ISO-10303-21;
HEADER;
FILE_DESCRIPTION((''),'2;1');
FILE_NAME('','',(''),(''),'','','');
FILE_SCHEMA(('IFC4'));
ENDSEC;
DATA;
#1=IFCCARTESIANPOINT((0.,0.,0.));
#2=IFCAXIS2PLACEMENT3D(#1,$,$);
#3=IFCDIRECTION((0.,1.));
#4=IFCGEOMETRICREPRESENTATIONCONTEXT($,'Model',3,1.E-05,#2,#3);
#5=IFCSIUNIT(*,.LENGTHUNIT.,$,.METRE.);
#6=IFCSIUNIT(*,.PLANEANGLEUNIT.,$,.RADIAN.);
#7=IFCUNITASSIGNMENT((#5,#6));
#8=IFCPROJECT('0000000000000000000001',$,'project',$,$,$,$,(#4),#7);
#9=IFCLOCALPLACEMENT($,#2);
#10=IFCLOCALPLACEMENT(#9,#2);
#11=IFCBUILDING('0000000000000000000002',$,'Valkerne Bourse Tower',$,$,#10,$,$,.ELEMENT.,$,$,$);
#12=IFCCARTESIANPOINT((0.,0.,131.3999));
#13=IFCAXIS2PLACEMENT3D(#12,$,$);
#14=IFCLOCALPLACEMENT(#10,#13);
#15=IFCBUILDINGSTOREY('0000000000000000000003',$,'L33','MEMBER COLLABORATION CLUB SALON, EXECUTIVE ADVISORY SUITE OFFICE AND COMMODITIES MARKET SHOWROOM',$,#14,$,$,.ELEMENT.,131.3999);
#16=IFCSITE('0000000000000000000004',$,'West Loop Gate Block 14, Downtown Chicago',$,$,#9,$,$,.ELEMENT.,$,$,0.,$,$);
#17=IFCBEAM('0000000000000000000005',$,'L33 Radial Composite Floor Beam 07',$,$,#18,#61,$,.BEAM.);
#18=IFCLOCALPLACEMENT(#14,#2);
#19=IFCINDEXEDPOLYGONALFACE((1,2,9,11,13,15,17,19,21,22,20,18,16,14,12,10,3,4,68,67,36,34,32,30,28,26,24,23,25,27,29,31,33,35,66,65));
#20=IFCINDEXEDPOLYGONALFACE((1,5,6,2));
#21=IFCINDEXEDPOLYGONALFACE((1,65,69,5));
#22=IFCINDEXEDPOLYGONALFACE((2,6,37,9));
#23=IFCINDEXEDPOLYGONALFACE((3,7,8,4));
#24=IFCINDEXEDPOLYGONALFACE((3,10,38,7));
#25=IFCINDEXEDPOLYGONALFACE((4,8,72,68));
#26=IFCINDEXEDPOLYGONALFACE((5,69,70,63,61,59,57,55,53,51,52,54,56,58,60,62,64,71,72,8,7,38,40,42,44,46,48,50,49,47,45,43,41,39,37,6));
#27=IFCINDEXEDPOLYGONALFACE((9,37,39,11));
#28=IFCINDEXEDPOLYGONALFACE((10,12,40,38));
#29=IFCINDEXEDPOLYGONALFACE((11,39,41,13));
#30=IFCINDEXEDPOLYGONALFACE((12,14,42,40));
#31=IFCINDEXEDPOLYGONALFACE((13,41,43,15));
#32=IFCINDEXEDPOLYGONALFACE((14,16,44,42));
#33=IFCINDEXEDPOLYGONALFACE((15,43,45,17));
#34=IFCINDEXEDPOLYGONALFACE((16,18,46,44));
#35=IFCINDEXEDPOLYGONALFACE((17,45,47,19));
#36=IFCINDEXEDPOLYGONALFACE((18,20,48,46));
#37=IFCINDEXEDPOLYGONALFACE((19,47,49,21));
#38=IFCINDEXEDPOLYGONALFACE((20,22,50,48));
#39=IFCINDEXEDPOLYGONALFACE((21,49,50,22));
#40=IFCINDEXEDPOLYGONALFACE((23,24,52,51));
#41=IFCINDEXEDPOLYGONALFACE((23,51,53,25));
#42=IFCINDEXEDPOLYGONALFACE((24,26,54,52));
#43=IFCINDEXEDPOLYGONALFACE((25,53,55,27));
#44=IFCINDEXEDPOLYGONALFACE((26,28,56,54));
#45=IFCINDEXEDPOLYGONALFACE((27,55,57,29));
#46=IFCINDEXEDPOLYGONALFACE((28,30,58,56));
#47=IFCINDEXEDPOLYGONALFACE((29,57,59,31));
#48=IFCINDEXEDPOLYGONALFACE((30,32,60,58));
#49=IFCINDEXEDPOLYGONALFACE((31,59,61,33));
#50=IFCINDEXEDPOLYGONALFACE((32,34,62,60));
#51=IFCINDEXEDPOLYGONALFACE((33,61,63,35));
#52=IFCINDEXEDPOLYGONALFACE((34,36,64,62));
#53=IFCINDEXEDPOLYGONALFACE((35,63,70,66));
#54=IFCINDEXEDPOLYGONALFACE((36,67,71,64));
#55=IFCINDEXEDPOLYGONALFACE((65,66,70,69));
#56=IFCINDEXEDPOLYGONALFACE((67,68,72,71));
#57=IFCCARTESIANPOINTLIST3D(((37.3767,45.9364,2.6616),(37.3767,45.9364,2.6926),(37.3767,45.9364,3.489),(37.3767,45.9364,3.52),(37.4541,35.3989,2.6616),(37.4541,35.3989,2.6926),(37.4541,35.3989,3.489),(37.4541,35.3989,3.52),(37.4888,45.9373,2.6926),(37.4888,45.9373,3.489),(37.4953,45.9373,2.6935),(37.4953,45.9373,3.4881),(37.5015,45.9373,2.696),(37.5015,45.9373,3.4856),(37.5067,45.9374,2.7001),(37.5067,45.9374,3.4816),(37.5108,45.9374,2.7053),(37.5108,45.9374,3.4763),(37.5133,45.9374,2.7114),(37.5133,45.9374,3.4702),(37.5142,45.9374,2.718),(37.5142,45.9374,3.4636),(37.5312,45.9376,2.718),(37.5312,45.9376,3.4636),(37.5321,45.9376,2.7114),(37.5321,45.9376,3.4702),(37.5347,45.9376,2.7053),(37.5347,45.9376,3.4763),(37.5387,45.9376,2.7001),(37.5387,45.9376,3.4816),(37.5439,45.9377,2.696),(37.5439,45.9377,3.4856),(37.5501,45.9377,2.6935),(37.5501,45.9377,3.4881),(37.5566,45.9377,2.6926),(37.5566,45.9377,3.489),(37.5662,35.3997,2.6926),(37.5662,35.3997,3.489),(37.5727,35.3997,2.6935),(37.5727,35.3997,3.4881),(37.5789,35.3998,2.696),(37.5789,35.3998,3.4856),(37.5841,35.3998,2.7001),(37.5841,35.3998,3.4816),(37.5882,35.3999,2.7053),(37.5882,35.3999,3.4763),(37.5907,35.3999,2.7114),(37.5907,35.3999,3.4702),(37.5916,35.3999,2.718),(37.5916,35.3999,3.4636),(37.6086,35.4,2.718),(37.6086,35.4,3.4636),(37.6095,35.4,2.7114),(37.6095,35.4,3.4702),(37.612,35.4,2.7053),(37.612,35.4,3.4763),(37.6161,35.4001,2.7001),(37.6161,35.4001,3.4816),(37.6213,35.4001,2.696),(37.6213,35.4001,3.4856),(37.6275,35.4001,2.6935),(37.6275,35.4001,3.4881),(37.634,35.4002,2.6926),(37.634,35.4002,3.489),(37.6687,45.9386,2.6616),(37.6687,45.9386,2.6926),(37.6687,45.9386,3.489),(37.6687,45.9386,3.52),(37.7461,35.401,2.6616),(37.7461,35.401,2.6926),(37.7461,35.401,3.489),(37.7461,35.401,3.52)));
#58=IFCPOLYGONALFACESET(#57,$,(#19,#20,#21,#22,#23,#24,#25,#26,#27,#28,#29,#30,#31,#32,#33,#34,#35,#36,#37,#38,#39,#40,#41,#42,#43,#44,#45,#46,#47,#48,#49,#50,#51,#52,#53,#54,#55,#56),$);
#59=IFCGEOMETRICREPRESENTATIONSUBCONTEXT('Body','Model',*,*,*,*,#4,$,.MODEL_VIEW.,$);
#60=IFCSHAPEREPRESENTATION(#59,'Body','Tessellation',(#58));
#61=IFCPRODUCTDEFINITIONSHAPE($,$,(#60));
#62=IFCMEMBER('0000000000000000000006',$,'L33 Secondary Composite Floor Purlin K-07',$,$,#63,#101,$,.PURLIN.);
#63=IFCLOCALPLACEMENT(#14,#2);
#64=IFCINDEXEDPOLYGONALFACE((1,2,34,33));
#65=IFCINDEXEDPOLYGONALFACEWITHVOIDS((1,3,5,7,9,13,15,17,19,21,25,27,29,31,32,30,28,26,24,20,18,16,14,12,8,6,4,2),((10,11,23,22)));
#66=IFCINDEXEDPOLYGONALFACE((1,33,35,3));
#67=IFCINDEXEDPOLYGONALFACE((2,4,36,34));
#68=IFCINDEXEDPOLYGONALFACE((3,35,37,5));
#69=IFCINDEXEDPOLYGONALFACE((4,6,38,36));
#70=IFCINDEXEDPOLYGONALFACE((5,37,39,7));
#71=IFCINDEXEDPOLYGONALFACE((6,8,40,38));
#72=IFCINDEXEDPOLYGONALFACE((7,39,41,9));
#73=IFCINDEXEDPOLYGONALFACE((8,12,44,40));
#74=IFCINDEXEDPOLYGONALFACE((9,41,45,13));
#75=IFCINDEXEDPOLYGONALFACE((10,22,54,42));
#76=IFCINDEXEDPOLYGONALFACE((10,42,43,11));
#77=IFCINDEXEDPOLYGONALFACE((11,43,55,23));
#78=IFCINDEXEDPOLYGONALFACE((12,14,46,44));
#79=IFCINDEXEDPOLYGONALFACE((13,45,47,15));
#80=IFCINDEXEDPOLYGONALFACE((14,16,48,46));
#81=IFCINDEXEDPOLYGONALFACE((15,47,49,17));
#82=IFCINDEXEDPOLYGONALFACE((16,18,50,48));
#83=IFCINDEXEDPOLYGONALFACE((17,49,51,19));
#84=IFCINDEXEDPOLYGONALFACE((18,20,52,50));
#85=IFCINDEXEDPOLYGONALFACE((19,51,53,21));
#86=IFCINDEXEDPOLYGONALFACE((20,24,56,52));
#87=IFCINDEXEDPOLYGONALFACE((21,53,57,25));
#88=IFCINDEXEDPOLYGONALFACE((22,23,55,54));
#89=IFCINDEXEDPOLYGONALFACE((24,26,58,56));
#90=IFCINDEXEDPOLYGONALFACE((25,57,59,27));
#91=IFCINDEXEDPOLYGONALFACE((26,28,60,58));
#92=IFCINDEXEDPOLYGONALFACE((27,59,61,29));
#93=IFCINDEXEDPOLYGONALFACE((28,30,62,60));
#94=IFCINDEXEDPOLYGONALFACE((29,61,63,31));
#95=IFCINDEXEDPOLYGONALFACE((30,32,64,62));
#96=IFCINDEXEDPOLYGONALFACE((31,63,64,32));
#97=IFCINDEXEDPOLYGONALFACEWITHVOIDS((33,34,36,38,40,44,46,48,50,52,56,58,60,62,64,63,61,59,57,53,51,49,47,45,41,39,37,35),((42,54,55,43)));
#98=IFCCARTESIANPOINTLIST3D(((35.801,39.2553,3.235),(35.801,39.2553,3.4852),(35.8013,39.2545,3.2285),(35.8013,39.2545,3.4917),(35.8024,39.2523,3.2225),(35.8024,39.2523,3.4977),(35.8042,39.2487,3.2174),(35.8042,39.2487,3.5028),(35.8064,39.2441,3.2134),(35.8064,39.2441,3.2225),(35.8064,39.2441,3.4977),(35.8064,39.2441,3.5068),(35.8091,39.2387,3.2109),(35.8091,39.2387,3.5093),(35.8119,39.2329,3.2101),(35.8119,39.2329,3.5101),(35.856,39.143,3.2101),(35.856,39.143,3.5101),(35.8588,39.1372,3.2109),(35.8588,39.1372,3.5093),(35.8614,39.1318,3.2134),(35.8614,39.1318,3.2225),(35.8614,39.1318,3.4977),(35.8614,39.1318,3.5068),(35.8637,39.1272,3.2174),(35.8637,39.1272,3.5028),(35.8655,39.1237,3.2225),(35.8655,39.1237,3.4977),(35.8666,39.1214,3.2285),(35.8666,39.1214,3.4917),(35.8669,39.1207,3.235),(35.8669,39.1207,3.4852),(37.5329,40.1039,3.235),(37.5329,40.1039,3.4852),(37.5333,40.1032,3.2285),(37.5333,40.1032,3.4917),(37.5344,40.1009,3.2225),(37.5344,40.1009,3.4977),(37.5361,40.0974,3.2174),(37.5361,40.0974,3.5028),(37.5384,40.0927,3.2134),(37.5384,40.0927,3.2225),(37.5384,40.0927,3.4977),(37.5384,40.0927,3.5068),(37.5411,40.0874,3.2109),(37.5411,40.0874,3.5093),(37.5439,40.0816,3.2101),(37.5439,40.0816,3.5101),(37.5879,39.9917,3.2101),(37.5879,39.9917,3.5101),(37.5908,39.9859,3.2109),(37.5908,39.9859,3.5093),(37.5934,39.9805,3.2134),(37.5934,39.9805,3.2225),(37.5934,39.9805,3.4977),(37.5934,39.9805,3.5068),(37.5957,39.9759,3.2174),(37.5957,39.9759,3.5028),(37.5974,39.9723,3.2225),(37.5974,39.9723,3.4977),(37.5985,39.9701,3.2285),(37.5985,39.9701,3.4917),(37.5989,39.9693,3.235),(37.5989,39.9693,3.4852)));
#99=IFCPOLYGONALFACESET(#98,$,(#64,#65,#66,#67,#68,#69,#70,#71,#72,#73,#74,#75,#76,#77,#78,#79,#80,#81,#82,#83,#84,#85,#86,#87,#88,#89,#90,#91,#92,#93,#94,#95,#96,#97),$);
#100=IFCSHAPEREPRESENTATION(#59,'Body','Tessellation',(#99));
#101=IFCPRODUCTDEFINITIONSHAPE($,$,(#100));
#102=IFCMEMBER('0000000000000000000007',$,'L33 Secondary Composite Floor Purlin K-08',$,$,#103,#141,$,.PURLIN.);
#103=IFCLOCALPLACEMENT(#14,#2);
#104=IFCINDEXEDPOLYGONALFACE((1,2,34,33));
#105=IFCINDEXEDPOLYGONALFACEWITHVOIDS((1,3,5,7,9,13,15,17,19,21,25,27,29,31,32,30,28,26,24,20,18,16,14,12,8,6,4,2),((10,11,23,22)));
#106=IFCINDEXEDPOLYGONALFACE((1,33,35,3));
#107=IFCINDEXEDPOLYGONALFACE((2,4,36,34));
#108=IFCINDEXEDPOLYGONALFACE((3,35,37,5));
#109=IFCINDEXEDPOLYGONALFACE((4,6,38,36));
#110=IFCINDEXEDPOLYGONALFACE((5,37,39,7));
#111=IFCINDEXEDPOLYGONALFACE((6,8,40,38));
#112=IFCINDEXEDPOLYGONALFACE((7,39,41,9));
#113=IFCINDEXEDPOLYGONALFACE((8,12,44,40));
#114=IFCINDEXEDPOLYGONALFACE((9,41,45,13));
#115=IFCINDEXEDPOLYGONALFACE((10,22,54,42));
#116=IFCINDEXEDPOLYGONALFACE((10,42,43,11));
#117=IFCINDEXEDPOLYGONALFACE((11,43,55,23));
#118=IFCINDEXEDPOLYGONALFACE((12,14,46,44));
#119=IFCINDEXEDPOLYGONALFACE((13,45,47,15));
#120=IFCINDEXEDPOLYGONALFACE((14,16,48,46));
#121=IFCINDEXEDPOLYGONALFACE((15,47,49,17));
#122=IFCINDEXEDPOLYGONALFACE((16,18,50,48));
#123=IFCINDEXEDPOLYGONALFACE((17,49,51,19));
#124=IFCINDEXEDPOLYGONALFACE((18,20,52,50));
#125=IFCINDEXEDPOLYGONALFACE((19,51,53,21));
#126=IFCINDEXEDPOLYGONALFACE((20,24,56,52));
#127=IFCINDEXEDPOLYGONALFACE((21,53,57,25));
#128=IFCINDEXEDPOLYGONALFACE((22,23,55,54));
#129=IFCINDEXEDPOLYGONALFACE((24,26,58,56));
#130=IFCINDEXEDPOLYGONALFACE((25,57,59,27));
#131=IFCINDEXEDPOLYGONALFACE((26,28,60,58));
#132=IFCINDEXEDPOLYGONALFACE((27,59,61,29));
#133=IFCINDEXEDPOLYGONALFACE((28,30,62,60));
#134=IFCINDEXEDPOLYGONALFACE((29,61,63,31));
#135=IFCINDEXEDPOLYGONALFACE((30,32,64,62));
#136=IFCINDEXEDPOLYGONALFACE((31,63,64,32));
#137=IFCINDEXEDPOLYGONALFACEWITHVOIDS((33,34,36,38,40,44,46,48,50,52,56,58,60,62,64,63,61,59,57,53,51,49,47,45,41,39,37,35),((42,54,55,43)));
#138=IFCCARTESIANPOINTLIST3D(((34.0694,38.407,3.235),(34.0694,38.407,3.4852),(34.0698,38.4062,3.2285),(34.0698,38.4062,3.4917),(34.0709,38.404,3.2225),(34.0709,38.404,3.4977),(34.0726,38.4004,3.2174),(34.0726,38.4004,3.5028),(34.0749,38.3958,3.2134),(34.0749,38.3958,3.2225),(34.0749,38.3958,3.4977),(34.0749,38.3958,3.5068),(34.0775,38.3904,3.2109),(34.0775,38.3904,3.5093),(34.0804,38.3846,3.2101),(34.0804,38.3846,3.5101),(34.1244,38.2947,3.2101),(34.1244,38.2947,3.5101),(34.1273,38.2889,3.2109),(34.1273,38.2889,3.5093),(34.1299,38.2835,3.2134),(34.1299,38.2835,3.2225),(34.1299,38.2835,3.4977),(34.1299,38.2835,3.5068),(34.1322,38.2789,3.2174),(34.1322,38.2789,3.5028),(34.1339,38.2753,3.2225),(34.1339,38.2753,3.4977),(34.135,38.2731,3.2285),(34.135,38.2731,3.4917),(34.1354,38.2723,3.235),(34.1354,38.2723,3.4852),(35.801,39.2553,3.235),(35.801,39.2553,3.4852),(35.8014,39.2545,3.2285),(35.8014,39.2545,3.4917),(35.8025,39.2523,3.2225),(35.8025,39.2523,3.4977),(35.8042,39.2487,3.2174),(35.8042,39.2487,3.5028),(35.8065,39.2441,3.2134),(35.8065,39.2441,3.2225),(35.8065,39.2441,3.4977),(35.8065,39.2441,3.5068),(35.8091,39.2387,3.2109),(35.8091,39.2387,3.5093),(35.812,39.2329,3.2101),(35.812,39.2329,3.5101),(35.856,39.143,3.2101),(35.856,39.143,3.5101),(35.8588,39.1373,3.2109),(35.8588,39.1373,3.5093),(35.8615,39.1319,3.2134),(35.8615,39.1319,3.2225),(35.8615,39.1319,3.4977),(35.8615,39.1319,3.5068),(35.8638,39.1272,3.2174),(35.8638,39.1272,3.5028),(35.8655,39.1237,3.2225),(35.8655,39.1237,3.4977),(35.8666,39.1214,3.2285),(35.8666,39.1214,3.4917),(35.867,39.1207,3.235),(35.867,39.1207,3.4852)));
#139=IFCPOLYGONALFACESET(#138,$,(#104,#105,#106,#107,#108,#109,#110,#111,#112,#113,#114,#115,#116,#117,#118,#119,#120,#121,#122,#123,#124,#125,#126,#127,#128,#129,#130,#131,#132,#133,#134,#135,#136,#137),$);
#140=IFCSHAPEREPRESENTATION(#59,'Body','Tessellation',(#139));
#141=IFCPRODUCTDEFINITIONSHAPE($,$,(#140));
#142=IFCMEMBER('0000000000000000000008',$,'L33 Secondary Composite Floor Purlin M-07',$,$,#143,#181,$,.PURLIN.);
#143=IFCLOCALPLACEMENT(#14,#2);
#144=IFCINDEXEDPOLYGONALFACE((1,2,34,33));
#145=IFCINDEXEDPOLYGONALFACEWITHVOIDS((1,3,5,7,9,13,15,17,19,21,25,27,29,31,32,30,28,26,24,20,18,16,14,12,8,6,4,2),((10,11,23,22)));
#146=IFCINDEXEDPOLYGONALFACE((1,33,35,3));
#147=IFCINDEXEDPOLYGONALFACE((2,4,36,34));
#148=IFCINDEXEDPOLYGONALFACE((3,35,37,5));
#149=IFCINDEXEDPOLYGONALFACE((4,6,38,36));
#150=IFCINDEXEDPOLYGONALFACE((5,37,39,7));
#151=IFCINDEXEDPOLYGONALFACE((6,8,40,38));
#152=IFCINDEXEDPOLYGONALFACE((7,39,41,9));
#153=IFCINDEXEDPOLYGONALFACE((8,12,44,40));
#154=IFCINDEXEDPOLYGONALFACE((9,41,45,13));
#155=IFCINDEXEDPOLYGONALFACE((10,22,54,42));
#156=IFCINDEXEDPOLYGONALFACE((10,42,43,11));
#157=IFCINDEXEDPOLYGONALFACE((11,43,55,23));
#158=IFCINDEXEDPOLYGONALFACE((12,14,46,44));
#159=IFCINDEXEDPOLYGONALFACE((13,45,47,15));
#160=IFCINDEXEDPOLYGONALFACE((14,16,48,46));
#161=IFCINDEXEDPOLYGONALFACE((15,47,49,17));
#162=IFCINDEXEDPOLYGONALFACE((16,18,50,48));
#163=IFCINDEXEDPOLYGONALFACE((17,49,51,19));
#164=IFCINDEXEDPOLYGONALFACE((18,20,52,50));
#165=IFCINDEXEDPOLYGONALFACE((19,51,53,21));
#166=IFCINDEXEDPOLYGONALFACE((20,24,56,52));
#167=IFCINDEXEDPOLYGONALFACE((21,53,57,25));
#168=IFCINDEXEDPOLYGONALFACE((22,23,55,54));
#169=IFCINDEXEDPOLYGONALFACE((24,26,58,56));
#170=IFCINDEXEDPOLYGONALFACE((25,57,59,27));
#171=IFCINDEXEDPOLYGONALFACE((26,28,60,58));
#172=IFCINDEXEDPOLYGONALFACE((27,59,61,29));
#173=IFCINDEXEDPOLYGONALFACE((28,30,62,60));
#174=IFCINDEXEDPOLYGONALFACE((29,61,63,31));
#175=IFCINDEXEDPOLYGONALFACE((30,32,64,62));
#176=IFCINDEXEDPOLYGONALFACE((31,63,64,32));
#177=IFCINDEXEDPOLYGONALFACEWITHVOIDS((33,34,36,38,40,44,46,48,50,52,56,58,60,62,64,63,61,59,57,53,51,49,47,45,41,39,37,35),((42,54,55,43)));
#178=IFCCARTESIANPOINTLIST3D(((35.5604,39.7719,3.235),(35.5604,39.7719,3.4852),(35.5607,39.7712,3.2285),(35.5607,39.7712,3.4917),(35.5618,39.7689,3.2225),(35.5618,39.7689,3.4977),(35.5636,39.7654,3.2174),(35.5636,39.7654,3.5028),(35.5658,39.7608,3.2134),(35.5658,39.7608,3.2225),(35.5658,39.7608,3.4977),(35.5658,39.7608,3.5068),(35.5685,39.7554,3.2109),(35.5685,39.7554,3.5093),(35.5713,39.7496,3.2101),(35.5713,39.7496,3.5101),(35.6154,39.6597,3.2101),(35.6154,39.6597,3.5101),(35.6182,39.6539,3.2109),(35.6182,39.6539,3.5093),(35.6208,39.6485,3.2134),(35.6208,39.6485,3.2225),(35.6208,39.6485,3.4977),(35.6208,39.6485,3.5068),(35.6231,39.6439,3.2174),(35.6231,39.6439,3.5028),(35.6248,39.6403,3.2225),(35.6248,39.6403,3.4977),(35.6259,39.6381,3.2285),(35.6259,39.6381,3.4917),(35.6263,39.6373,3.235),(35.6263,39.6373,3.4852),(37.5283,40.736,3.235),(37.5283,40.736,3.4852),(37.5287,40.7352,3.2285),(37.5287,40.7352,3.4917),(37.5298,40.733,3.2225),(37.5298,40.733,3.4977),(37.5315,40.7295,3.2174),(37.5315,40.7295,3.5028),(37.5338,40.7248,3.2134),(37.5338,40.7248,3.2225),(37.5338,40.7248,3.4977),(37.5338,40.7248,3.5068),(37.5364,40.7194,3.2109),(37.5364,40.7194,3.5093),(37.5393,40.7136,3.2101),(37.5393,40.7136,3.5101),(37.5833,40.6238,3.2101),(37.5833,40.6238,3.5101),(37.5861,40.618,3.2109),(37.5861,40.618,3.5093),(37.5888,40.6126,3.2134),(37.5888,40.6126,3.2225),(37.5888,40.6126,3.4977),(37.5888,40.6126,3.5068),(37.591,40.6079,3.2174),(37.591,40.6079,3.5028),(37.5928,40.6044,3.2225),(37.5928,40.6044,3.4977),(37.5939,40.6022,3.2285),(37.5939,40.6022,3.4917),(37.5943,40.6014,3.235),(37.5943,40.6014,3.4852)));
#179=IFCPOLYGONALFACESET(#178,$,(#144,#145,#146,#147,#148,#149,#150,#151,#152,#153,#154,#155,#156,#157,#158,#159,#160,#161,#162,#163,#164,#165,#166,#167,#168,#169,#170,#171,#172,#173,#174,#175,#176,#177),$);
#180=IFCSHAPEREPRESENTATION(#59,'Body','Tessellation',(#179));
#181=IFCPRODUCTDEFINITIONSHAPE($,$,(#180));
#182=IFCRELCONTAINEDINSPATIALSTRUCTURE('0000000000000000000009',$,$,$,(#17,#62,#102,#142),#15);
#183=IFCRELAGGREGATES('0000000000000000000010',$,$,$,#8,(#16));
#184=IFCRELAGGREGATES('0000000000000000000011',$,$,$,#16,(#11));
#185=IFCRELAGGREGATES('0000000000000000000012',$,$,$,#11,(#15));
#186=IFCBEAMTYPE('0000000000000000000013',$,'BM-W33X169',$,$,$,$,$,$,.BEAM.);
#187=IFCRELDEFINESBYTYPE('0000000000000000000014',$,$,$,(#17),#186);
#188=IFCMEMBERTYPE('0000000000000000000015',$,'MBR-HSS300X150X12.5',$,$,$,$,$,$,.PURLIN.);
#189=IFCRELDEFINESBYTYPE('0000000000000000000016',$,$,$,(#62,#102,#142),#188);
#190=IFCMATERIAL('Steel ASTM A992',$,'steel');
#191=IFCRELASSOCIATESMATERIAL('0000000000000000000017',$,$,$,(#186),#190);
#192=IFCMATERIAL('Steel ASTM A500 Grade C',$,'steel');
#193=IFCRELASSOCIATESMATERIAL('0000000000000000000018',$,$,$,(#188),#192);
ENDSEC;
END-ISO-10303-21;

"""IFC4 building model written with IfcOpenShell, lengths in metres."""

from ifc_helpers import new_model, si_unit, direction, frame, origin, origin_2d, place, context, subcontext, project, spatial, hollow_rectangle, i_section, extrude, material, material_profile, profile_set, type_object, element, save


model = new_model("IFC4")

# Units and contexts
model_context = context("Model", 3, precision=1e-05, world=origin(), true_north=direction((0.0, 1.0)))
body_context = subcontext(model_context, "Body", "Model", "MODEL_VIEW")
ifc_project = project(units=[si_unit("LENGTHUNIT", "METRE"), si_unit("PLANEANGLEUNIT", "RADIAN")], contexts=[model_context])

# Site, building, storey
site_placement = place(None, origin())
site = spatial("IfcSite", under=ifc_project, at=site_placement, Name="West Loop Gate Block 14, Downtown Chicago", CompositionType="ELEMENT", RefElevation=0.0)
building_placement = place(site_placement, origin())
building = spatial("IfcBuilding", under=site, at=building_placement, Name="Valkerne Bourse Tower", CompositionType="ELEMENT")
storey_placement = place(building_placement, frame((0.0, 0.0, 131.3999)))
storey = spatial("IfcBuildingStorey", under=building, at=storey_placement, Name="L33", Description="MEMBER COLLABORATION CLUB SALON, EXECUTIVE ADVISORY SUITE OFFICE AND COMMODITIES MARKET SHOWROOM", CompositionType="ELEMENT", Elevation=131.3999)

# Beam
ifc_material_1 = material(Name="Steel ASTM A992", Category="steel")
ifc_material_profile_1 = material_profile(ifc_material_1, i_section(OverallWidth=0.292, OverallDepth=0.8584, WebThickness=0.0171, FlangeThickness=0.031, FilletRadius=0.0254, at=origin_2d()), Name="W33X169")
ifc_profile_set_1 = profile_set([ifc_material_profile_1], Name="Steel ASTM A992")
beam_type_1 = type_object("IfcBeamType", Name="BM-W33X169", PredefinedType="BEAM", material=ifc_profile_set_1)
beam_1_placement = place(storey_placement, frame((37.5227, 45.9375, 3.0908), z_axis=(0.007344, -0.999973, 0.0), x_axis=(0.999973, 0.007344, 0.0)))
element("IfcBeam", 1, at=beam_1_placement, inside=storey, type_object=beam_type_1, Name="L33 Radial Composite Floor Beam 07", PredefinedType="BEAM", context=body_context, shape_type="SweptSolid", body=[
    extrude(i_section(OverallWidth=0.292, OverallDepth=0.8584, WebThickness=0.0171, FlangeThickness=0.031, FilletRadius=0.0254, at=origin_2d()), origin(), (0.0, 0.0, 1.0), 10.5378),
])

# Members
ifc_material_2 = material(Name="Steel ASTM A500 Grade C", Category="steel")
ifc_material_profile_2 = material_profile(ifc_material_2, hollow_rectangle(XDim=0.1499, YDim=0.3, WallThickness=0.0125, OuterFilletRadius=0.0249, at=origin_2d()), Name="HSS300X150X12.5")
ifc_profile_set_2 = profile_set([ifc_material_profile_2], Name="Steel ASTM A500 Grade C")
member_type = type_object("IfcMemberType", Name="MBR-HSS300X150X12.5", PredefinedType="PURLIN", material=ifc_profile_set_2)
member_1_placement = place(storey_placement, frame((37.5659, 40.0366, 3.3601), z_axis=(-0.897993, -0.440009, 0.0), x_axis=(0.440009, -0.897993, 0.0)))
element("IfcMember", 2, at=member_1_placement, inside=storey, type_object=member_type, Name="L33 Secondary Composite Floor Purlin K-07", PredefinedType="PURLIN", context=body_context, shape_type="SweptSolid", body=[
    extrude(hollow_rectangle(XDim=0.1499, YDim=0.3, WallThickness=0.0125, OuterFilletRadius=0.0249, at=origin_2d()), origin(), (0.0, 0.0, 1.0), 1.9287),
])
member_2_placement = place(storey_placement, frame((35.834, 39.188, 3.3601), z_axis=(-0.898019, -0.439957, 0.0), x_axis=(0.439957, -0.898019, 0.0)))
element("IfcMember", 3, at=member_2_placement, inside=storey, type_object=member_type, Name="L33 Secondary Composite Floor Purlin K-08", PredefinedType="PURLIN", context=body_context, shape_type="SweptSolid", body=[
    extrude(hollow_rectangle(XDim=0.1499, YDim=0.3, WallThickness=0.0125, OuterFilletRadius=0.0249, at=origin_2d()), origin(), (0.0, 0.0, 1.0), 1.9282),
])
for number, where, z_axis, x_axis, name in (
    (4, (37.5613, 40.6687, 3.3601), (-0.898029, -0.439935, 0.0), (0.439935, -0.898029, 0.0), "L33 Secondary Composite Floor Purlin M-07"),
):
    element("IfcMember", number, at=place(storey_placement, frame(where, z_axis=z_axis, x_axis=x_axis)), inside=storey, type_object=member_type, Name=name, PredefinedType="PURLIN", context=body_context, shape_type="SweptSolid", body=[
        extrude(hollow_rectangle(XDim=0.1499, YDim=0.3, WallThickness=0.0125, OuterFilletRadius=0.0249, at=origin_2d()), origin(), (0.0, 0.0, 1.0), 2.1914),
    ])

save(model, "model.ifc")
